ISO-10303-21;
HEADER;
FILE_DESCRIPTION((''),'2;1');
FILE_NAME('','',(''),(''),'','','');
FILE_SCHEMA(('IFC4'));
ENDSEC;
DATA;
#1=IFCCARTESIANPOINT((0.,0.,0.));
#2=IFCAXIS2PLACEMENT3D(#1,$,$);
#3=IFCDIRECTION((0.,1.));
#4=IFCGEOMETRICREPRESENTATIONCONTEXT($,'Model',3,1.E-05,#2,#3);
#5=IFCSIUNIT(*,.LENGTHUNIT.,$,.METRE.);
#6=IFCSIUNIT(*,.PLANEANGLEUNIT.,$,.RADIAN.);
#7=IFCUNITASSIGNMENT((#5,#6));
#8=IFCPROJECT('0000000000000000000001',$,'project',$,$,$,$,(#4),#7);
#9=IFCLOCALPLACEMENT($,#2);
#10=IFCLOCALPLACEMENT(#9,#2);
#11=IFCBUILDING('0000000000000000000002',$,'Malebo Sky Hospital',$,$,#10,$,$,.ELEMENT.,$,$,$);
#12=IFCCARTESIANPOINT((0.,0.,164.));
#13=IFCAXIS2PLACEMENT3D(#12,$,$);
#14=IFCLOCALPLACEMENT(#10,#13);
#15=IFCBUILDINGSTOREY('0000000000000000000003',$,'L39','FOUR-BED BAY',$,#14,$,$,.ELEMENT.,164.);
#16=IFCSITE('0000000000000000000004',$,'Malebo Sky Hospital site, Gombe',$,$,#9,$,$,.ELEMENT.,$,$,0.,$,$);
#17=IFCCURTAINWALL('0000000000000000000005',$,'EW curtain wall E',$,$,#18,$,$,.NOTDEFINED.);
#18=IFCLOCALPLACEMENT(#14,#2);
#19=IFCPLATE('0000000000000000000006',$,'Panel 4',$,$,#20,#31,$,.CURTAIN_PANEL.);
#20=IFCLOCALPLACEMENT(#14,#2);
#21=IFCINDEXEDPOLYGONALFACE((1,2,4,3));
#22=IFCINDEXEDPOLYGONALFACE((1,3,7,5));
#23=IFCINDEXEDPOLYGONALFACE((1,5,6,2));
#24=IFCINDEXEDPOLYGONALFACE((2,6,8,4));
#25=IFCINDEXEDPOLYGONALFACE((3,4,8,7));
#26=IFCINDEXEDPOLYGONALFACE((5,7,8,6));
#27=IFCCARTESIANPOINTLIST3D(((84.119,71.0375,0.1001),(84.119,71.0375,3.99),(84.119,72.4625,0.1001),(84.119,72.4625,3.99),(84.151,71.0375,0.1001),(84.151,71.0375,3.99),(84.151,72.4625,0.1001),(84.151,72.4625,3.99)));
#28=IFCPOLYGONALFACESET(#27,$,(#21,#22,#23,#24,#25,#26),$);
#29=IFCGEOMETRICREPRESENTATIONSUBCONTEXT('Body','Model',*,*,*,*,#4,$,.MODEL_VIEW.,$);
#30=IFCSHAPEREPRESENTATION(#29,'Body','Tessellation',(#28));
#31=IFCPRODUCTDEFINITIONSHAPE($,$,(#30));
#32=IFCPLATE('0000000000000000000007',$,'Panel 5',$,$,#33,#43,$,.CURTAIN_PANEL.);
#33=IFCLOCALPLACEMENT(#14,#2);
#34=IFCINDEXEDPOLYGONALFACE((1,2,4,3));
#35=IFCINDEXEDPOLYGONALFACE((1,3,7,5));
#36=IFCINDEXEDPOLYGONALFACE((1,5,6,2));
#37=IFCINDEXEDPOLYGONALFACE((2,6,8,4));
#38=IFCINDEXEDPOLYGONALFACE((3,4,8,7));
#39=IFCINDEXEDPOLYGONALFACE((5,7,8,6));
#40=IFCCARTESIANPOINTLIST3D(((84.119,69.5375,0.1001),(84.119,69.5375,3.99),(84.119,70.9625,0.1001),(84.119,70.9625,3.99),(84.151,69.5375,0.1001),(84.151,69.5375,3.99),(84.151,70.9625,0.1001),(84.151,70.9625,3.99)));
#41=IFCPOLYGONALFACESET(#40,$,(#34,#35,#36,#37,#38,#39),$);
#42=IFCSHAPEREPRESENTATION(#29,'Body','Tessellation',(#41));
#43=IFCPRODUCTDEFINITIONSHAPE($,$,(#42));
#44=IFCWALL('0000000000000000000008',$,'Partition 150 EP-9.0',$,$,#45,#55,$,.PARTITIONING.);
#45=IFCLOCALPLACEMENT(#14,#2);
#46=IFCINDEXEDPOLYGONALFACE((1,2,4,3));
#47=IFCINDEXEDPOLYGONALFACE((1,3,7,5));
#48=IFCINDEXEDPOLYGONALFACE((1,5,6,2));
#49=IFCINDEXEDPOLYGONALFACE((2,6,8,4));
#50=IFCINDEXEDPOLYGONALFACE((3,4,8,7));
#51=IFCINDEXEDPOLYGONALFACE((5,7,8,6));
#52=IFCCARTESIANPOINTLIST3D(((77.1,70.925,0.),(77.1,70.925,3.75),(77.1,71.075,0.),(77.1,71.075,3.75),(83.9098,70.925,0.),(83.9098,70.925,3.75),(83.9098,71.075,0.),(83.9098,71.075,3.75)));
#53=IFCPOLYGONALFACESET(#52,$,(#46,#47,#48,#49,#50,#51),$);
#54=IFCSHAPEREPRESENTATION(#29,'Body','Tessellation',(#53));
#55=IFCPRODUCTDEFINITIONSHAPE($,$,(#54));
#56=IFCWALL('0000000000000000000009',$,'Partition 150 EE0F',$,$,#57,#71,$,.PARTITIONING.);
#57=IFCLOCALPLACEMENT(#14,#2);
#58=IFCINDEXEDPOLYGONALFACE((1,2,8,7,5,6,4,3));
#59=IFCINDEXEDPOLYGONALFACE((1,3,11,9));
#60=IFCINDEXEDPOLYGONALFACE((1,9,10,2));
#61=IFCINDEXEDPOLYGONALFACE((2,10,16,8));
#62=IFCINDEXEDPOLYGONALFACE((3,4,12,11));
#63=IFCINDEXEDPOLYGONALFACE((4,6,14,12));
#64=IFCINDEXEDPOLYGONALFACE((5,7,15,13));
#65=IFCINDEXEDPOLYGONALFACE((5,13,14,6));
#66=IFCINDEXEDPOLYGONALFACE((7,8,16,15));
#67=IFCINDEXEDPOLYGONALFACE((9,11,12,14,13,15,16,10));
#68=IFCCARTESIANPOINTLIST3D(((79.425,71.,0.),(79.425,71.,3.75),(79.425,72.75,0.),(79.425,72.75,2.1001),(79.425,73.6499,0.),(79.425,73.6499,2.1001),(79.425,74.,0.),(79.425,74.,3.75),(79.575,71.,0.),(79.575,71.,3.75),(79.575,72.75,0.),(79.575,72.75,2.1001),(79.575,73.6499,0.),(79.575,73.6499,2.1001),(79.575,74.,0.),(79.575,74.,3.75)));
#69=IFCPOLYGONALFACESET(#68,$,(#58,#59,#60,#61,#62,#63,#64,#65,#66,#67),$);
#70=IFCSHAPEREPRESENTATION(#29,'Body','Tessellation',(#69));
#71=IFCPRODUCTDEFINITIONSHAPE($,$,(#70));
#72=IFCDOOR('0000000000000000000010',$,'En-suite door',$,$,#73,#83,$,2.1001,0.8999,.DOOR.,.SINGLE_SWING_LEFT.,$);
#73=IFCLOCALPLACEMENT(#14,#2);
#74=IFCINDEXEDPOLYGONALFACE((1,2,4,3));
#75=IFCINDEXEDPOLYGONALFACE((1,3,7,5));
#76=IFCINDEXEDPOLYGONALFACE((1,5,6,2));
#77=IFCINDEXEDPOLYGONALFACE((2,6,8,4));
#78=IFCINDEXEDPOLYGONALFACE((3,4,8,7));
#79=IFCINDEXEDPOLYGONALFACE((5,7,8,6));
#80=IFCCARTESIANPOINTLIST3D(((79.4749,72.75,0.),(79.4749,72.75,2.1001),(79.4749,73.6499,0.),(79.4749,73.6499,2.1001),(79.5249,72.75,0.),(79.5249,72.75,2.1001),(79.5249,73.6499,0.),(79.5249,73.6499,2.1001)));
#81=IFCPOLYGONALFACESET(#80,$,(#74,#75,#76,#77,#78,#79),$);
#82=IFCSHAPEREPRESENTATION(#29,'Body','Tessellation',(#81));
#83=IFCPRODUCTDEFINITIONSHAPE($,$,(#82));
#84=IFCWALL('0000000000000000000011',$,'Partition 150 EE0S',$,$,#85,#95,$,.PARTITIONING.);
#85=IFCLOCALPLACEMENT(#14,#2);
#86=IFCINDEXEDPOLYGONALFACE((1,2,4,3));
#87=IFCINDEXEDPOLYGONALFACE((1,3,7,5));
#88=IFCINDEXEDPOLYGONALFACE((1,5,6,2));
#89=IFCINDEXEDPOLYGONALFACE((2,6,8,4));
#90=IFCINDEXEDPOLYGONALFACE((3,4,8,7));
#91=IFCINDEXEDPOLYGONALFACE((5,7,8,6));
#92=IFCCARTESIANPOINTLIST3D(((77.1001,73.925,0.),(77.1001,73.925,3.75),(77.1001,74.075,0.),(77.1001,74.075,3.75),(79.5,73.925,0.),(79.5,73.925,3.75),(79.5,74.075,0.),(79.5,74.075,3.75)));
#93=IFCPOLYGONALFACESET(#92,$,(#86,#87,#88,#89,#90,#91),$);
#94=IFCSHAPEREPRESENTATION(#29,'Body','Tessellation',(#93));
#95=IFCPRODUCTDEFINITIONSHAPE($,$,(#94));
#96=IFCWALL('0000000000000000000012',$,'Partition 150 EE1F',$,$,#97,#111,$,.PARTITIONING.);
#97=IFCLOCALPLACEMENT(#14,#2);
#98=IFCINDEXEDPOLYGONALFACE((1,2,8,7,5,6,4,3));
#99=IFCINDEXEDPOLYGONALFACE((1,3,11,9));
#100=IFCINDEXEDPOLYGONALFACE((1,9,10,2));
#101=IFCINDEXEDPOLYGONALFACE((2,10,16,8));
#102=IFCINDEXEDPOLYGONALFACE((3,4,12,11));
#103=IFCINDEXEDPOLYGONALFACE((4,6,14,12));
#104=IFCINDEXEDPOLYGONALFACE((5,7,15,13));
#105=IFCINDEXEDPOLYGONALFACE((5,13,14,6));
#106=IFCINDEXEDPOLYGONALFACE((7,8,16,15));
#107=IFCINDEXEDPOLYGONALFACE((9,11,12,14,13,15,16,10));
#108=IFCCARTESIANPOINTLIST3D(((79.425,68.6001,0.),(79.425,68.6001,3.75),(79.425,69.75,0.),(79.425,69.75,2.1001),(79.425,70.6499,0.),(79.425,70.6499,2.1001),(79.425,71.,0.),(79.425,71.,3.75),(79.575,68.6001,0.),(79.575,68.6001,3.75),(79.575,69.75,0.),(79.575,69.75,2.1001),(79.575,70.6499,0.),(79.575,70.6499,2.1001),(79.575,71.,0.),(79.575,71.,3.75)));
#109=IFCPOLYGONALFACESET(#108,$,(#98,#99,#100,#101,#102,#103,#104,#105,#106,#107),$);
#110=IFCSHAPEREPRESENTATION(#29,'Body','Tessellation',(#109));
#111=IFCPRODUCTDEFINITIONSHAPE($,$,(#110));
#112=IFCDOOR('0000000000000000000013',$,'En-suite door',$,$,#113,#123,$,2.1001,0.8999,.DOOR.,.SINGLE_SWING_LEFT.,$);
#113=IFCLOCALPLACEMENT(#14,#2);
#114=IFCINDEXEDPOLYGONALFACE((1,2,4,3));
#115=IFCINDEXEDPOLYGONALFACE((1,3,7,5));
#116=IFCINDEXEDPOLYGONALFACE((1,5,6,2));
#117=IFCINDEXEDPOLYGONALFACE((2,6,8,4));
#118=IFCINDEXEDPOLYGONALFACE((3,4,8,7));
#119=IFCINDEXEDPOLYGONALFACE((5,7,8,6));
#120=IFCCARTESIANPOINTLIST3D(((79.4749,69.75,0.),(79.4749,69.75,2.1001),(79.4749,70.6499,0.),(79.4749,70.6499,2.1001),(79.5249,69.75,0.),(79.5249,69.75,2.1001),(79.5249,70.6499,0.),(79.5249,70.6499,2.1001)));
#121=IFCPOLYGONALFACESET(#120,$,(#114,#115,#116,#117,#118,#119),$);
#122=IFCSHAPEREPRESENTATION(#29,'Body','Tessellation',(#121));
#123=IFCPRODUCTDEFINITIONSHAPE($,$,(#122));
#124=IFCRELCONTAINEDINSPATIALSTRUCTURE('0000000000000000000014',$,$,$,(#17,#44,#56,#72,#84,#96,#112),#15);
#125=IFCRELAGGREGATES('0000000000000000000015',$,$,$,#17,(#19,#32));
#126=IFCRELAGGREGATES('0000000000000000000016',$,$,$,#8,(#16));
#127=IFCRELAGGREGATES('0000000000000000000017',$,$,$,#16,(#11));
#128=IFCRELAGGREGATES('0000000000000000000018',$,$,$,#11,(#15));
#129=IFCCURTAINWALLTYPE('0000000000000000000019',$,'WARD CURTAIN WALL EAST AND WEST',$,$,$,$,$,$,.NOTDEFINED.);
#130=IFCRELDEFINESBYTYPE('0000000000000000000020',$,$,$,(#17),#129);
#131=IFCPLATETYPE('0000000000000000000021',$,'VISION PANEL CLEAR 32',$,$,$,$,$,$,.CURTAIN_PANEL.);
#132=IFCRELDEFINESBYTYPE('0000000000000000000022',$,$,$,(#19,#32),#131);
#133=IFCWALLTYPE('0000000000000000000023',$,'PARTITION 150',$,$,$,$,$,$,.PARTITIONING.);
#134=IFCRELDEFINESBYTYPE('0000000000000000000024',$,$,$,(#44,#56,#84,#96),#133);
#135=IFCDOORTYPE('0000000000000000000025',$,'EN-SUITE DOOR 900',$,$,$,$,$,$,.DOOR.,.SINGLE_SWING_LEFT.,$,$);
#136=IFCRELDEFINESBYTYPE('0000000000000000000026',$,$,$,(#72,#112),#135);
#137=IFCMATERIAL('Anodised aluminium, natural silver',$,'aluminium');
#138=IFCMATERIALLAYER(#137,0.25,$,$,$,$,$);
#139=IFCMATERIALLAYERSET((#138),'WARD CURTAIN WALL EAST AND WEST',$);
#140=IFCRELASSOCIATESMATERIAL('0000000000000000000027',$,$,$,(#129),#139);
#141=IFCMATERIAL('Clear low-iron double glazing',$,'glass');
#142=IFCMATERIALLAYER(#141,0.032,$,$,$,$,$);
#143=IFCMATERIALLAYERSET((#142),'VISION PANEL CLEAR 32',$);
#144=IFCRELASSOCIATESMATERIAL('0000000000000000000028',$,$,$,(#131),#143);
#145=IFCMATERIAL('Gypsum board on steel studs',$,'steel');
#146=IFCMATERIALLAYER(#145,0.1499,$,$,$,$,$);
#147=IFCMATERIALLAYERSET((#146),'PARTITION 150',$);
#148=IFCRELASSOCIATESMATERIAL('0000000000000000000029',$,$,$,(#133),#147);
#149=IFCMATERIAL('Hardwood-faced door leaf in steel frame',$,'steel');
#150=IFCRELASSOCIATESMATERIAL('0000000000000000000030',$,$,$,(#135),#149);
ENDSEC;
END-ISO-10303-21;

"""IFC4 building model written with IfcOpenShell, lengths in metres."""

from ifc_helpers import new_model, si_unit, direction, frame, frame_2d, origin, origin_2d, place, context, subcontext, project, spatial, rectangle, extrude, material, layer, layer_set, type_object, element, fill, aggregate, save


model = new_model("IFC4")

# Units and contexts
model_context = context("Model", 3, precision=1e-05, world=origin(), true_north=direction((0.0, 1.0)))
body_context = subcontext(model_context, "Body", "Model", "MODEL_VIEW")
ifc_project = project(units=[si_unit("LENGTHUNIT", "METRE"), si_unit("PLANEANGLEUNIT", "RADIAN")], contexts=[model_context])

# Site, building, storey
site_placement = place(None, origin())
site = spatial("IfcSite", under=ifc_project, at=site_placement, Name="Malebo Sky Hospital site, Gombe", CompositionType="ELEMENT", RefElevation=0.0)
building_placement = place(site_placement, origin())
building = spatial("IfcBuilding", under=site, at=building_placement, Name="Malebo Sky Hospital", CompositionType="ELEMENT")
storey_placement = place(building_placement, frame((0.0, 0.0, 164.0)))
storey = spatial("IfcBuildingStorey", under=building, at=storey_placement, Name="L39", Description="FOUR-BED BAY", CompositionType="ELEMENT", Elevation=164.0)

# Curtain wall
ifc_material_1 = material(Name="Anodised aluminium, natural silver", Category="aluminium")
ifc_layer_1 = layer(ifc_material_1, 0.25)
ifc_layer_set_1 = layer_set([ifc_layer_1], Name="WARD CURTAIN WALL EAST AND WEST")
curtain_wall_type = type_object("IfcCurtainWallType", Name="WARD CURTAIN WALL EAST AND WEST", PredefinedType="NOTDEFINED", material=ifc_layer_set_1)
curtain_wall_placement = place(storey_placement, origin())
curtain_wall = element("IfcCurtainWall", 1, at=curtain_wall_placement, inside=storey, type_object=curtain_wall_type, Name="EW curtain wall E", PredefinedType="NOTDEFINED")

# Plates
ifc_material_2 = material(Name="Clear low-iron double glazing", Category="glass")
ifc_layer_2 = layer(ifc_material_2, 0.032)
ifc_layer_set_2 = layer_set([ifc_layer_2], Name="VISION PANEL CLEAR 32")
plate_type = type_object("IfcPlateType", Name="VISION PANEL CLEAR 32", PredefinedType="CURTAIN_PANEL", material=ifc_layer_set_2)
plate_1_placement = place(storey_placement, frame((84.135, 71.75, 0.1001), z_axis=(0.0, 0.0, 1.0), x_axis=(0.0, -1.0, 0.0)))
plate_1 = element("IfcPlate", 2, at=plate_1_placement, type_object=plate_type, Name="Panel 4", PredefinedType="CURTAIN_PANEL", context=body_context, shape_type="SweptSolid", body=[
    extrude(rectangle(XDim=1.425, YDim=0.032, at=origin_2d()), origin(), (0.0, 0.0, 1.0), 3.8899),
])
plate_2_placement = place(storey_placement, frame((84.135, 70.25, 0.1001), z_axis=(0.0, 0.0, 1.0), x_axis=(0.0, -1.0, 0.0)))
plate_2 = element("IfcPlate", 3, at=plate_2_placement, type_object=plate_type, Name="Panel 5", PredefinedType="CURTAIN_PANEL", context=body_context, shape_type="SweptSolid", body=[
    extrude(rectangle(XDim=1.425, YDim=0.032, at=origin_2d()), origin(), (0.0, 0.0, 1.0), 3.8899),
])
aggregate(curtain_wall, [plate_1, plate_2])

# Wall
ifc_material_3 = material(Name="Gypsum board on steel studs", Category="steel")
ifc_layer_3 = layer(ifc_material_3, 0.1499)
ifc_layer_set_3 = layer_set([ifc_layer_3], Name="PARTITION 150")
wall_type = type_object("IfcWallType", Name="PARTITION 150", PredefinedType="PARTITIONING", material=ifc_layer_set_3)
wall_1_placement = place(storey_placement, frame((77.1001, 71.0, 0.0), z_axis=(0.0, 0.0, 1.0), x_axis=(1.0, 0.0, 0.0)))
element("IfcWall", 4, at=wall_1_placement, inside=storey, type_object=wall_type, Name="Partition 150 EP-9.0", PredefinedType="PARTITIONING", context=body_context, shape_type="SweptSolid", body=[
    extrude(rectangle(XDim=6.8098, YDim=0.1499, at=frame_2d((3.4048, 0.0))), origin(), (0.0, 0.0, 1.0), 3.75),
])

# Wall, opening, door
wall_2_placement = place(storey_placement, frame((79.5, 74.0, 0.0), z_axis=(0.0, 0.0, 1.0), x_axis=(0.0, -1.0, 0.0)))
wall_2 = element("IfcWall", 5, at=wall_2_placement, inside=storey, type_object=wall_type, Name="Partition 150 EE0F", PredefinedType="PARTITIONING", context=body_context, shape_type="SweptSolid", body=[
    extrude(rectangle(XDim=3.0, YDim=0.1499, at=frame_2d((1.5, 0.0))), origin(), (0.0, 0.0, 1.0), 3.75),
])
opening_1_placement = place(wall_2_placement, frame((0.3501, 0.0, 0.0)))
opening_1 = element("IfcOpeningElement", 6, at=opening_1_placement, cuts=wall_2, PredefinedType="OPENING", context=body_context, shape_type="SweptSolid", body=[
    extrude(rectangle(XDim=0.8999, YDim=2.1001, at=frame_2d((0.45, 1.05))), frame((0.0, 0.085, 0.0), z_axis=(0.0, -1.0, 0.0), x_axis=(1.0, 0.0, 0.0)), (0.0, 0.0, 1.0), 0.1699),
])
ifc_material_4 = material(Name="Hardwood-faced door leaf in steel frame", Category="steel")
door_type = type_object("IfcDoorType", Name="EN-SUITE DOOR 900", OperationType="SINGLE_SWING_LEFT", PredefinedType="DOOR", material=ifc_material_4)
door_1_placement = place(opening_1_placement, origin())
door_1 = element("IfcDoor", 7, at=door_1_placement, inside=storey, type_object=door_type, Name="En-suite door", OperationType="SINGLE_SWING_LEFT", OverallHeight=2.1001, OverallWidth=0.8999, PredefinedType="DOOR", context=body_context, shape_type="SweptSolid", body=[
    extrude(rectangle(XDim=0.8999, YDim=2.1001, at=frame_2d((0.45, 1.05))), frame((0.0, 0.0249, 0.0), z_axis=(0.0, -1.0, 0.0), x_axis=(1.0, 0.0, 0.0)), (0.0, 0.0, 1.0), 0.05),
])
fill(opening_1, door_1)

# Wall
wall_3_placement = place(storey_placement, frame((77.1001, 74.0, 0.0), z_axis=(0.0, 0.0, 1.0), x_axis=(1.0, 0.0, 0.0)))
element("IfcWall", 8, at=wall_3_placement, inside=storey, type_object=wall_type, Name="Partition 150 EE0S", PredefinedType="PARTITIONING", context=body_context, shape_type="SweptSolid", body=[
    extrude(rectangle(XDim=2.3999, YDim=0.1499, at=frame_2d((1.2, 0.0))), origin(), (0.0, 0.0, 1.0), 3.75),
])

# Wall, opening, door
wall_4_placement = place(storey_placement, frame((79.5, 71.0, 0.0), z_axis=(0.0, 0.0, 1.0), x_axis=(0.0, -1.0, 0.0)))
wall_4 = element("IfcWall", 9, at=wall_4_placement, inside=storey, type_object=wall_type, Name="Partition 150 EE1F", PredefinedType="PARTITIONING", context=body_context, shape_type="SweptSolid", body=[
    extrude(rectangle(XDim=2.3999, YDim=0.1499, at=frame_2d((1.2, 0.0))), origin(), (0.0, 0.0, 1.0), 3.75),
])
opening_2_placement = place(wall_4_placement, frame((0.3501, 0.0, 0.0)))
opening_2 = element("IfcOpeningElement", 10, at=opening_2_placement, cuts=wall_4, PredefinedType="OPENING", context=body_context, shape_type="SweptSolid", body=[
    extrude(rectangle(XDim=0.8999, YDim=2.1001, at=frame_2d((0.45, 1.05))), frame((0.0, 0.085, 0.0), z_axis=(0.0, -1.0, 0.0), x_axis=(1.0, 0.0, 0.0)), (0.0, 0.0, 1.0), 0.1699),
])
door_2_placement = place(opening_2_placement, origin())
door_2 = element("IfcDoor", 11, at=door_2_placement, inside=storey, type_object=door_type, Name="En-suite door", OperationType="SINGLE_SWING_LEFT", OverallHeight=2.1001, OverallWidth=0.8999, PredefinedType="DOOR", context=body_context, shape_type="SweptSolid", body=[
    extrude(rectangle(XDim=0.8999, YDim=2.1001, at=frame_2d((0.45, 1.05))), frame((0.0, 0.0249, 0.0), z_axis=(0.0, -1.0, 0.0), x_axis=(1.0, 0.0, 0.0)), (0.0, 0.0, 1.0), 0.05),
])
fill(opening_2, door_2)

save(model, "model.ifc")
